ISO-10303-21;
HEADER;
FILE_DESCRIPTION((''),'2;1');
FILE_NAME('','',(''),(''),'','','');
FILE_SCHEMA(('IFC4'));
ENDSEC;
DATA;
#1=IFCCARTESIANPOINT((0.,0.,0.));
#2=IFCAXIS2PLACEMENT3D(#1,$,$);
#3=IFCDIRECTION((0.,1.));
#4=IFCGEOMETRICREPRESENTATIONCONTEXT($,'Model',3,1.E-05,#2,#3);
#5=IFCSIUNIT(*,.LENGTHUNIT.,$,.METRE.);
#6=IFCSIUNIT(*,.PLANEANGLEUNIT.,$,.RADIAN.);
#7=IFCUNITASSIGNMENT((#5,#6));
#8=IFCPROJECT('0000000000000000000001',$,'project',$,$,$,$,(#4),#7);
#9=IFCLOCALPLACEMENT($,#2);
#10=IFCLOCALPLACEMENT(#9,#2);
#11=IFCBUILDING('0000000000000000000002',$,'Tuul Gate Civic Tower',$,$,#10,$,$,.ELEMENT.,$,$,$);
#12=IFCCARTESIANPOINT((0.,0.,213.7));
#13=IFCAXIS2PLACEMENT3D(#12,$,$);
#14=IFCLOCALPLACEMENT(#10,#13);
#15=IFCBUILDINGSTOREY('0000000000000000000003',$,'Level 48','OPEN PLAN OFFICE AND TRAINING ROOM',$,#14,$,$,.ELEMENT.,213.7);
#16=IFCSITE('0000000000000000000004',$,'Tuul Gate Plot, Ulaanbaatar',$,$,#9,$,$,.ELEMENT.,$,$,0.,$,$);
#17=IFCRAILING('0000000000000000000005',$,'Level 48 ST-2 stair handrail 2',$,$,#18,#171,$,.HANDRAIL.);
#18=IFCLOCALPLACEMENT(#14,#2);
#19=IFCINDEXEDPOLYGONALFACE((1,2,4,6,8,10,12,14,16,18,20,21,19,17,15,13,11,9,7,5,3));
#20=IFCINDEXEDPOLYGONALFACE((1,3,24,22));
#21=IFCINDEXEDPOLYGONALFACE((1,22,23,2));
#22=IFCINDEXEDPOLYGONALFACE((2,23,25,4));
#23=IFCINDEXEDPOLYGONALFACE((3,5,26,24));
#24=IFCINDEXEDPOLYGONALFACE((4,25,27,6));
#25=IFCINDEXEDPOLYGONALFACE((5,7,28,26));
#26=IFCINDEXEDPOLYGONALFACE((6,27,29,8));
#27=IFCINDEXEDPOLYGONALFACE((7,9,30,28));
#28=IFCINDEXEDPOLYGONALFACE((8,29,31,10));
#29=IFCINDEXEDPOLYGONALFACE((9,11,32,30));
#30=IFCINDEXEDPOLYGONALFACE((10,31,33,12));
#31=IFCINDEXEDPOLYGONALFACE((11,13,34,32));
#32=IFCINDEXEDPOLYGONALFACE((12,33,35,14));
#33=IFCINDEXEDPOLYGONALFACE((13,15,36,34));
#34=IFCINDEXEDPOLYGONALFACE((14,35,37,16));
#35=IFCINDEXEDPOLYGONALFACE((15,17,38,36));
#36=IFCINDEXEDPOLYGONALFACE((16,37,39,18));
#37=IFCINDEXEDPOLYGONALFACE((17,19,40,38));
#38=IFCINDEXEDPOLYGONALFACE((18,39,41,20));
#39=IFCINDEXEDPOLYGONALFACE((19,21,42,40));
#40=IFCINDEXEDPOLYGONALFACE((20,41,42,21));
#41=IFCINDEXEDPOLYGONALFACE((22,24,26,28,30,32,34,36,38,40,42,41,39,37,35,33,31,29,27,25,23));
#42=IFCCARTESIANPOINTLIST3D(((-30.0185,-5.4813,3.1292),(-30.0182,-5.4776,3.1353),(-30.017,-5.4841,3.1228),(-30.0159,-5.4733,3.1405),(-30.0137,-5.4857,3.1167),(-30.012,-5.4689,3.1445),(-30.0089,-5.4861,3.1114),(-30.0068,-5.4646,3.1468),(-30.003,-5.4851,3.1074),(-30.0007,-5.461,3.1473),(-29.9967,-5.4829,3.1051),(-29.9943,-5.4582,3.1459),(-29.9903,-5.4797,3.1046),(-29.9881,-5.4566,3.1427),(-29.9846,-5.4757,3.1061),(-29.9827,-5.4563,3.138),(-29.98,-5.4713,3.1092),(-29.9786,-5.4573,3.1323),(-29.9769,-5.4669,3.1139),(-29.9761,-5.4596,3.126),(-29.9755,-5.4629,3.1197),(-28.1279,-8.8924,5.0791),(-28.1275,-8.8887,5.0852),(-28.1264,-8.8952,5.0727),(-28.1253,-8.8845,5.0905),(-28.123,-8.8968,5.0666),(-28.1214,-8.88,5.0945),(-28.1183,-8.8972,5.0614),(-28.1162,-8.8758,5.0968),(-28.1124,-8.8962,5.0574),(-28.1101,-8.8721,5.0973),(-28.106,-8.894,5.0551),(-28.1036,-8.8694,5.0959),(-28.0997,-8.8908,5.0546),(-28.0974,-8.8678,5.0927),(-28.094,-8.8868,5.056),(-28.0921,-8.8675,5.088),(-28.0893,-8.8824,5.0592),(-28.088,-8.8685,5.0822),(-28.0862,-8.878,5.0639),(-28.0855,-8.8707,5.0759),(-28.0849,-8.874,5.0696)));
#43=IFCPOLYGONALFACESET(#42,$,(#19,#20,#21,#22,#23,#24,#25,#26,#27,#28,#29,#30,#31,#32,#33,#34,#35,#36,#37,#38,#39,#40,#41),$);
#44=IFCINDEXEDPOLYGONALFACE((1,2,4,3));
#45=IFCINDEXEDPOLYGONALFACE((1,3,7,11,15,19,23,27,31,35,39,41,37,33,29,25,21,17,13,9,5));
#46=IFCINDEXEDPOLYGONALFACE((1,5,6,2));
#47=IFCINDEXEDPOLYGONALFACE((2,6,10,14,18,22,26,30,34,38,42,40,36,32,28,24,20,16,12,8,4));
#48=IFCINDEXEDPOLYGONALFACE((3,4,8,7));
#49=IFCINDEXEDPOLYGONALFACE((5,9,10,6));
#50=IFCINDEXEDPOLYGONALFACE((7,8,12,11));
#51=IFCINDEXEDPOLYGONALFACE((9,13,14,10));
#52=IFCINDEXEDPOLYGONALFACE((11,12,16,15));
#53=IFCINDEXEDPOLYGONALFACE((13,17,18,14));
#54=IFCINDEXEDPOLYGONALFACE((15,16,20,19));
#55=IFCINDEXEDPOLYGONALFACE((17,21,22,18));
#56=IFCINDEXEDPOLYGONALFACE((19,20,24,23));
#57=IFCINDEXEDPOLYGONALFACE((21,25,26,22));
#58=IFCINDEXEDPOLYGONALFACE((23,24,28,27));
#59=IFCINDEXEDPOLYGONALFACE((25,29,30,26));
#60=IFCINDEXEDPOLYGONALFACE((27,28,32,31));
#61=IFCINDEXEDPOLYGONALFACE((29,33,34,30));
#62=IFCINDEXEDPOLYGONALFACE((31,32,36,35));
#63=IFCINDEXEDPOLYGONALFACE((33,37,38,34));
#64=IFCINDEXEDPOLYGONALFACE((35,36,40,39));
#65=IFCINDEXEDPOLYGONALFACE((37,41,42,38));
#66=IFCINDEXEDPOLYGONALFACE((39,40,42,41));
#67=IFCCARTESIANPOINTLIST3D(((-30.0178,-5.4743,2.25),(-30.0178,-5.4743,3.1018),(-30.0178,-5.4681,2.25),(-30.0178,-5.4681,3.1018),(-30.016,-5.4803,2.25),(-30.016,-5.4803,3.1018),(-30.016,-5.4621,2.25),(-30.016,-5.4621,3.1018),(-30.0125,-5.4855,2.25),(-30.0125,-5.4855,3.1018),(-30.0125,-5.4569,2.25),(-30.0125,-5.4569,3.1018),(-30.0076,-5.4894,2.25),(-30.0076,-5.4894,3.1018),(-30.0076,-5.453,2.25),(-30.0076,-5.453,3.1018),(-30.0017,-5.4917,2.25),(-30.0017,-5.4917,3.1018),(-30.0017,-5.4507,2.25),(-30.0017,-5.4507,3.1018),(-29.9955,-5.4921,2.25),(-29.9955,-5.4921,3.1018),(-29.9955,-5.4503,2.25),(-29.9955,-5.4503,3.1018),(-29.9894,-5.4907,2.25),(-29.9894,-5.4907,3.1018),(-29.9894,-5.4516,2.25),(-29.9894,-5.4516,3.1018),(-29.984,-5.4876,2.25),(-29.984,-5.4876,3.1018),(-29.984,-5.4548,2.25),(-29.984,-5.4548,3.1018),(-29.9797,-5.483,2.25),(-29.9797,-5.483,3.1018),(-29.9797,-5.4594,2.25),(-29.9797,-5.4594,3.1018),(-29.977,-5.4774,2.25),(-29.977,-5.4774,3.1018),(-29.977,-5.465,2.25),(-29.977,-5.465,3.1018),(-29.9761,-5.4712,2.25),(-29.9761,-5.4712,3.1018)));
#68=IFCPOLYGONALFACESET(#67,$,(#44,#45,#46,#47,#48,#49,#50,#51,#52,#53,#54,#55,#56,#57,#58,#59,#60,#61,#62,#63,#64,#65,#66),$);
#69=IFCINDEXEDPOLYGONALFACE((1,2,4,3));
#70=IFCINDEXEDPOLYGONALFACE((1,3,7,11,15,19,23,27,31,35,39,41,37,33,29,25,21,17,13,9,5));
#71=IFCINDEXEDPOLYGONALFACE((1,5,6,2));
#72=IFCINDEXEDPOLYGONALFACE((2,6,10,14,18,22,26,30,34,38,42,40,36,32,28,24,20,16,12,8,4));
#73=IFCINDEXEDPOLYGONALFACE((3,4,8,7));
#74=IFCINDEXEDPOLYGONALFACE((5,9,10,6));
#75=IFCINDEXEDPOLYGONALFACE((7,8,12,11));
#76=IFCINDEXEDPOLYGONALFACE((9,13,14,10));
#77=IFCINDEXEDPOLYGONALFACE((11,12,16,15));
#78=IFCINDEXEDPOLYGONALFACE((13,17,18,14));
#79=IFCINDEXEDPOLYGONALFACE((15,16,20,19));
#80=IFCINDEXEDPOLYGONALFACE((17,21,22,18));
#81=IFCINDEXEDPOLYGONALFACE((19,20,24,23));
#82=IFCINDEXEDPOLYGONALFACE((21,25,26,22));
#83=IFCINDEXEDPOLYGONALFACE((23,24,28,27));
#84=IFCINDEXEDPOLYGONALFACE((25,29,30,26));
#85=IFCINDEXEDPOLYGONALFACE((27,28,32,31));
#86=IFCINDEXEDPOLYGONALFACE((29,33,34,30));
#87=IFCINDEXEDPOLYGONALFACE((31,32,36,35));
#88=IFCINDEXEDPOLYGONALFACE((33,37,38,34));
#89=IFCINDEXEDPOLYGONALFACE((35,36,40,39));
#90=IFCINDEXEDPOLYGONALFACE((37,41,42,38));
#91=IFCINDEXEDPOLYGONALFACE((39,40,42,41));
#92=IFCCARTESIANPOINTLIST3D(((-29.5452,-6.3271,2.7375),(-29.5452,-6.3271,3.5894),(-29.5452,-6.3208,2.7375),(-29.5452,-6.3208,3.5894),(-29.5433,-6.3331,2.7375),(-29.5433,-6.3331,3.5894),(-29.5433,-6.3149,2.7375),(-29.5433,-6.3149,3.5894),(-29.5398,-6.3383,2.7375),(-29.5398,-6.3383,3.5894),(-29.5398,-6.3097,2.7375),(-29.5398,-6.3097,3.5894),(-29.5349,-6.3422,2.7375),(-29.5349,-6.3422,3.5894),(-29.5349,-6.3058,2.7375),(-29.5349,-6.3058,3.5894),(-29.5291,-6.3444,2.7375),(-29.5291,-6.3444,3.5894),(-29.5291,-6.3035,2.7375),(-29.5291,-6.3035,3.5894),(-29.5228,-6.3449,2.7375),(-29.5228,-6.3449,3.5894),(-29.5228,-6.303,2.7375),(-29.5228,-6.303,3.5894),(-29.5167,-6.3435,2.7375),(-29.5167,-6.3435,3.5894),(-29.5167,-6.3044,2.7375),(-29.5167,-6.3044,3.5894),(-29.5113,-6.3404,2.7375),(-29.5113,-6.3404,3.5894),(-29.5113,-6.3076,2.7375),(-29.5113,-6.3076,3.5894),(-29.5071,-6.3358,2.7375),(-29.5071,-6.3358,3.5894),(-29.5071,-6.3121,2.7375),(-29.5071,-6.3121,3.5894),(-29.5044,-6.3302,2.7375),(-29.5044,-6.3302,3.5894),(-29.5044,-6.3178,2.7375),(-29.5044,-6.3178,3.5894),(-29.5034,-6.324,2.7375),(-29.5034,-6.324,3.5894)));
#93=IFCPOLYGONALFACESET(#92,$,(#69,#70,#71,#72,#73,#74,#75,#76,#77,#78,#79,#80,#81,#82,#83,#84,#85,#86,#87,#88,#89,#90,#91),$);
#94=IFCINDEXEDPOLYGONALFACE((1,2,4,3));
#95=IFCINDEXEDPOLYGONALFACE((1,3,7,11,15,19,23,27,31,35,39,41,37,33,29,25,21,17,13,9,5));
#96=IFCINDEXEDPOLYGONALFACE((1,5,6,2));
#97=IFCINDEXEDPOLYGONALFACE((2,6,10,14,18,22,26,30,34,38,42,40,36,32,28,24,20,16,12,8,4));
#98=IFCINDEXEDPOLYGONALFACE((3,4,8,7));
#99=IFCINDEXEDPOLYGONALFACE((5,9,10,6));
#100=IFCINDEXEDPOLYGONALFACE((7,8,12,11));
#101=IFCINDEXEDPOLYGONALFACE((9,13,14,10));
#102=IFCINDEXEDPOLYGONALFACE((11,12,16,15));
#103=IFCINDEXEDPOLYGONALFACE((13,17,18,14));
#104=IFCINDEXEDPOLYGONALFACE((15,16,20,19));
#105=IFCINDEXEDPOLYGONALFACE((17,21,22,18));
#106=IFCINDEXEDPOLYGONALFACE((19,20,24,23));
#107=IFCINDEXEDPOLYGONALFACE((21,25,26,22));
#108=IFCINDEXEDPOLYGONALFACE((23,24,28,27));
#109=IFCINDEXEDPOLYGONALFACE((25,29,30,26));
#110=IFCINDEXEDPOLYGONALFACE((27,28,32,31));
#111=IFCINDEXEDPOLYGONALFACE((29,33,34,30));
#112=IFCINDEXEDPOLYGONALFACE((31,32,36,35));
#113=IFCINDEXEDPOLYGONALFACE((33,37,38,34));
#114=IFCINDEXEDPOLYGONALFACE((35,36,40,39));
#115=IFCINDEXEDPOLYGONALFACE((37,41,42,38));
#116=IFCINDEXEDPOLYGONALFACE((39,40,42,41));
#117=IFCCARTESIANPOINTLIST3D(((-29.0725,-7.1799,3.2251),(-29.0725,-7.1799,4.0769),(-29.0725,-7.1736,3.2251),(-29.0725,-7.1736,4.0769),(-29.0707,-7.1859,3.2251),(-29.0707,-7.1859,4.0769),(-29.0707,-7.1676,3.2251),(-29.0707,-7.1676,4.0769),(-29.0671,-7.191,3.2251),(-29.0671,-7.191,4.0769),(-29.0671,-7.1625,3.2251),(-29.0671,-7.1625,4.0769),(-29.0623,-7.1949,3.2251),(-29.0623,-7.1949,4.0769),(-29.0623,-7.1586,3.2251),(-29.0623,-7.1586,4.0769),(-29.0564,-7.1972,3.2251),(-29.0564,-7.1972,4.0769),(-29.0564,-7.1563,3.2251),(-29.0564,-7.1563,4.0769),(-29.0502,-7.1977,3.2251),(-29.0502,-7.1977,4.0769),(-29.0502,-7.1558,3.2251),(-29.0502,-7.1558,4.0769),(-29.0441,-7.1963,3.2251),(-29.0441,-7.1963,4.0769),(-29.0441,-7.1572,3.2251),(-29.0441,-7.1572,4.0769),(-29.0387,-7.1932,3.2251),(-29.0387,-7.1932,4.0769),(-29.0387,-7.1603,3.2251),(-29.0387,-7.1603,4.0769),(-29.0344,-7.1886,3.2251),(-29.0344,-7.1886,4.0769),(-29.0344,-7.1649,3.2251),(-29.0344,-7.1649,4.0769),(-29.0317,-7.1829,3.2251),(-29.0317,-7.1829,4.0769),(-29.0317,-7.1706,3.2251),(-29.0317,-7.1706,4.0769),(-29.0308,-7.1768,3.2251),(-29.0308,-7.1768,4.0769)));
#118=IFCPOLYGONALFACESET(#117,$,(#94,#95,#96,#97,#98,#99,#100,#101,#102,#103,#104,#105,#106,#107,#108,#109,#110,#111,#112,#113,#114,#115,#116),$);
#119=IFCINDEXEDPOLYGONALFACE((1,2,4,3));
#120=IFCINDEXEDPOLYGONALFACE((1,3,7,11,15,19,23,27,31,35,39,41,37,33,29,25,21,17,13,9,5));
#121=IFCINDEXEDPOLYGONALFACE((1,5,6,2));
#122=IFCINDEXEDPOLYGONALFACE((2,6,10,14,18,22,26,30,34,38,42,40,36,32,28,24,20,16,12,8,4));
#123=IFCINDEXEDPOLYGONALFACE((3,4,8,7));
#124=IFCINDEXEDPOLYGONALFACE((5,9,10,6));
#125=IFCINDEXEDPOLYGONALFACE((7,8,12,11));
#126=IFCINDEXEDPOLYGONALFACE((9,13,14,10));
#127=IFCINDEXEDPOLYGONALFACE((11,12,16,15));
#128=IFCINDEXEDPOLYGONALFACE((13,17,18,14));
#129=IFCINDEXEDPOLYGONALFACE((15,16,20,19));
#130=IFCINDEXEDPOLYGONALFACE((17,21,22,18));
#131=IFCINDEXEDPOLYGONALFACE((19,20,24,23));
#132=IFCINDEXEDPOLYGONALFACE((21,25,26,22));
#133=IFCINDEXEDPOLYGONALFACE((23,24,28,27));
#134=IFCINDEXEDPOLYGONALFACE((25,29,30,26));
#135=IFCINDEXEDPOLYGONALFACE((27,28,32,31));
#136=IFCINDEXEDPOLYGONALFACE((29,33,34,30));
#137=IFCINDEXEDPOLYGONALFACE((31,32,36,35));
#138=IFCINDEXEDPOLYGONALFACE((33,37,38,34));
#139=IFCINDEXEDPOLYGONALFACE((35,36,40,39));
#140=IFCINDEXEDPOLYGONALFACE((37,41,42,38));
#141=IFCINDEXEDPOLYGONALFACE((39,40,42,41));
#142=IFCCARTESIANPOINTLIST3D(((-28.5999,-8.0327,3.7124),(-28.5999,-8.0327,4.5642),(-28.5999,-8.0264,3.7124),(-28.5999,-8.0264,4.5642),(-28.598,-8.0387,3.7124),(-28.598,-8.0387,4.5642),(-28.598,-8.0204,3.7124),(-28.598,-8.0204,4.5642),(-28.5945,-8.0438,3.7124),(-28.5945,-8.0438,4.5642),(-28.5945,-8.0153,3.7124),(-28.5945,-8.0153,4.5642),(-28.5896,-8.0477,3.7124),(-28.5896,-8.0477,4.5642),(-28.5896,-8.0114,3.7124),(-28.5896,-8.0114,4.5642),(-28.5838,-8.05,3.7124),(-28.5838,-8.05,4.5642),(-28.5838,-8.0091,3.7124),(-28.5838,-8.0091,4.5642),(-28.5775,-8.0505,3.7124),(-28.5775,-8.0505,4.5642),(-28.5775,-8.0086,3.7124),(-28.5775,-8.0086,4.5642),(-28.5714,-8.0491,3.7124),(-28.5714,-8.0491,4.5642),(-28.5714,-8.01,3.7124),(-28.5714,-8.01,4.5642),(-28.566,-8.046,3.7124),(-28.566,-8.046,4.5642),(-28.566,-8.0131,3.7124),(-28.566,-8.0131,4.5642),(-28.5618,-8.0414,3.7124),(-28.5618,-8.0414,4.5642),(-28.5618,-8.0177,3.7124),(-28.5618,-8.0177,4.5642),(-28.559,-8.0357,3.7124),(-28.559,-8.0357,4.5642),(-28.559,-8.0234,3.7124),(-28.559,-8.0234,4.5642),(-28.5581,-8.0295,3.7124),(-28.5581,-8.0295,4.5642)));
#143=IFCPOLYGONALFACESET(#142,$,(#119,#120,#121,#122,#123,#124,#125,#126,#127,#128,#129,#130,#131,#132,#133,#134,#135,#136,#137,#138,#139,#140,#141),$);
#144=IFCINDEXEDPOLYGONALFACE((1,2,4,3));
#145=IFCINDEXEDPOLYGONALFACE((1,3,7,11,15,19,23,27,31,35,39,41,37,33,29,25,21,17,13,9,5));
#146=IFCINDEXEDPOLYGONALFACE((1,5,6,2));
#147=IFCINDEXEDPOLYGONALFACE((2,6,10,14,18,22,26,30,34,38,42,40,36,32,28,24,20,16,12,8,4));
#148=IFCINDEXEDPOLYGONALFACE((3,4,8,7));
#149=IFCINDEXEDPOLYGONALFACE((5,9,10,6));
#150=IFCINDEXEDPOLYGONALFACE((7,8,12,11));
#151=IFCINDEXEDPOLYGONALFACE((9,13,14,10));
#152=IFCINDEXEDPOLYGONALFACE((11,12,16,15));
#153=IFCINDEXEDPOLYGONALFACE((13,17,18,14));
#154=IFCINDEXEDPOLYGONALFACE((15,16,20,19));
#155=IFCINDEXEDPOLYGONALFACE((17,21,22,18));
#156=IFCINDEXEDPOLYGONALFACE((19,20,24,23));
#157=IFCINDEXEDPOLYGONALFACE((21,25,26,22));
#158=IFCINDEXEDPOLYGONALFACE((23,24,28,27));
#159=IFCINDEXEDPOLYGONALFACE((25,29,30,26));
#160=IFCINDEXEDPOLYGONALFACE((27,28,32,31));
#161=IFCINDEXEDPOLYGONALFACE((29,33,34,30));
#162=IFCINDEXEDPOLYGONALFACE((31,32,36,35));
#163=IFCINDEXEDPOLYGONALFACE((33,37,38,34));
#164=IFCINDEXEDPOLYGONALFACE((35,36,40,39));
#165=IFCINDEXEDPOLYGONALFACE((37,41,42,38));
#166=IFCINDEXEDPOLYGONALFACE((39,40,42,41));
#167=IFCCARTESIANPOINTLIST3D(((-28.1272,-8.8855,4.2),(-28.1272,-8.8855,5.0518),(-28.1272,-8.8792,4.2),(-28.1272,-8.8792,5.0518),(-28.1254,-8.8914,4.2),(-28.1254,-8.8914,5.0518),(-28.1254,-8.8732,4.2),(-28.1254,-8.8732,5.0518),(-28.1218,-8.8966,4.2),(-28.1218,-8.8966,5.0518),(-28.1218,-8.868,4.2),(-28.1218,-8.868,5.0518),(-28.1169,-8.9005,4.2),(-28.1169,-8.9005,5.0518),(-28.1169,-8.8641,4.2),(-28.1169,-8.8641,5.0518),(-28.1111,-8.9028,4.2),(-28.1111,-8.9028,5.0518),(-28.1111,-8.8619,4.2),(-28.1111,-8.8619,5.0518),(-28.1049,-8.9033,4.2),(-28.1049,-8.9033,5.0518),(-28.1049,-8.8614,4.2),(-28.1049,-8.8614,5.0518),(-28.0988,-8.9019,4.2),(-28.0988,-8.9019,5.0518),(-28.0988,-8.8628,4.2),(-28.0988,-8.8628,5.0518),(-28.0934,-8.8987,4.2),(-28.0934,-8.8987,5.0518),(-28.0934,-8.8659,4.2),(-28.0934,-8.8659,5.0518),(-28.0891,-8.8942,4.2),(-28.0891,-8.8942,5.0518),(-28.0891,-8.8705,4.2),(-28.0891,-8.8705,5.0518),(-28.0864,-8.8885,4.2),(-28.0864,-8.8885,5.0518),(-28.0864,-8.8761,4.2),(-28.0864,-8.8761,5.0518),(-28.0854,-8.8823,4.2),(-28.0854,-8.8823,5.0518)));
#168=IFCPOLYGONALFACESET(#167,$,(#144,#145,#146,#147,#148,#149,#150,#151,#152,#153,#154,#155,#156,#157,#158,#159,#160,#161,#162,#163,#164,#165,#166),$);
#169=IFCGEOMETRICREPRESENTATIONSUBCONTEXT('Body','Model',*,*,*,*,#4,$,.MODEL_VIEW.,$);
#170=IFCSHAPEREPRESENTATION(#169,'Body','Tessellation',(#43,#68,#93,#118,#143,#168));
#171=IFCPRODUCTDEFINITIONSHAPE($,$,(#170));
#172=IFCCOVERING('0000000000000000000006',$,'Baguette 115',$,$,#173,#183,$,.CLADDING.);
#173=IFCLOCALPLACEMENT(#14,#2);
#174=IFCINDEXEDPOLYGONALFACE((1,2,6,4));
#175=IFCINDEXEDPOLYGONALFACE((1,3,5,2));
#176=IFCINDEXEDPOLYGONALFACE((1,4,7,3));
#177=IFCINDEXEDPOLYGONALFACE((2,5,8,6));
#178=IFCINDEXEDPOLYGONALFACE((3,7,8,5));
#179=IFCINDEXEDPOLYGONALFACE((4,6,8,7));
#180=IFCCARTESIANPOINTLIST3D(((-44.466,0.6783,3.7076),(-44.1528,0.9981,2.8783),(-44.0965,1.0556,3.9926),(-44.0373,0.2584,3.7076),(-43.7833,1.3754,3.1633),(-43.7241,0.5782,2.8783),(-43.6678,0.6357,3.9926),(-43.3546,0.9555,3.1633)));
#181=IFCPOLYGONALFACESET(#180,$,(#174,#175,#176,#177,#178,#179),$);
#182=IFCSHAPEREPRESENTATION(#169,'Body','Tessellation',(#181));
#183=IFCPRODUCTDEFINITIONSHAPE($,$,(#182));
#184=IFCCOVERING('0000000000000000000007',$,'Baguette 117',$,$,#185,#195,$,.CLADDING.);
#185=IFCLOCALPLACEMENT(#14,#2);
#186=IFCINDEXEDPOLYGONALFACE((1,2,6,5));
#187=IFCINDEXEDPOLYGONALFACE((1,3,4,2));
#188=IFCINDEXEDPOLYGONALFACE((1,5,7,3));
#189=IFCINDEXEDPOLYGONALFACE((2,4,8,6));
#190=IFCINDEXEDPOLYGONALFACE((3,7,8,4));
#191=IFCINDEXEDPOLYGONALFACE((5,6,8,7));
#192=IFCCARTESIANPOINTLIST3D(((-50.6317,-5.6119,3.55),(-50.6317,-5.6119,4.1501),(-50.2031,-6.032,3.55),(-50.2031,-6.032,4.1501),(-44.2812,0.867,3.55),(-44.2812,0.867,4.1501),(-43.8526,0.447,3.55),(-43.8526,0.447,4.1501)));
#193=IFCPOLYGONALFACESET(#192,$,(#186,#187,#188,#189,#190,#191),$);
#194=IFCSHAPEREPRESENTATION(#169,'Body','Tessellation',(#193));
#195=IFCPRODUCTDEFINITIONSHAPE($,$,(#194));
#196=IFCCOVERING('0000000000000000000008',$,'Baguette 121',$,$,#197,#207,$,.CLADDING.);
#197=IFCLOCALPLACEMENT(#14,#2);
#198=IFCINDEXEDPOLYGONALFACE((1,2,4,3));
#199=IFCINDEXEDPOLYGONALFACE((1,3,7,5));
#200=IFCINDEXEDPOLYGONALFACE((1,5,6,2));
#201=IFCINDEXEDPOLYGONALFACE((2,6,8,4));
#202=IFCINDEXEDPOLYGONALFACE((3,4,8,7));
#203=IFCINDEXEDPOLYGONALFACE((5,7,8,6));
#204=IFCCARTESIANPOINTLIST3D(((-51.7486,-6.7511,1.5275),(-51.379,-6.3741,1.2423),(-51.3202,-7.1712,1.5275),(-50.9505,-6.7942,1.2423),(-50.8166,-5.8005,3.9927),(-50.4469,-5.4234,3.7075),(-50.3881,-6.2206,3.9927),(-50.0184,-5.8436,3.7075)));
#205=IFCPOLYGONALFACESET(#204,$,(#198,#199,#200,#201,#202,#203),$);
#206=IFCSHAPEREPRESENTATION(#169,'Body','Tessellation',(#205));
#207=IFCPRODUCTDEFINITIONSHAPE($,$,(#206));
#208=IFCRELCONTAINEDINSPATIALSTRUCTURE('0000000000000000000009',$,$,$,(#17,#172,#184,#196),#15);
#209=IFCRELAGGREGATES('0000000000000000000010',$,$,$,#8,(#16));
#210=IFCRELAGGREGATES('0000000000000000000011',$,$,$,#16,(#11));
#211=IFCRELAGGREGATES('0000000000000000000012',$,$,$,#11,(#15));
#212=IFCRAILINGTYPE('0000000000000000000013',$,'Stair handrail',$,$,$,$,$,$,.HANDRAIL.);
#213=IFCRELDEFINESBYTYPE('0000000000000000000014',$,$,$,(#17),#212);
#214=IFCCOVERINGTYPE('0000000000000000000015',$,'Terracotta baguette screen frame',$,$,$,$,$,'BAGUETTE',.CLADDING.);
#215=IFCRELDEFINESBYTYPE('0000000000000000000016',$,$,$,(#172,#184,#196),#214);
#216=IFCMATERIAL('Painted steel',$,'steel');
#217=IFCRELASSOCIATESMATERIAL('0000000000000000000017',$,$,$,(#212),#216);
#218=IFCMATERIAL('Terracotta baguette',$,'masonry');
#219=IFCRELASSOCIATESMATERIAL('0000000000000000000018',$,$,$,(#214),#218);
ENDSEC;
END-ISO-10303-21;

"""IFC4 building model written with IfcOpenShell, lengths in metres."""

from ifc_helpers import new_model, si_unit, direction, frame, origin, origin_2d, place, context, subcontext, project, spatial, rectangle, circle, extrude, material, material_profile, profile_set, type_object, element, save


model = new_model("IFC4")

# Units and contexts
model_context = context("Model", 3, precision=1e-05, world=origin(), true_north=direction((0.0, 1.0)))
body_context = subcontext(model_context, "Body", "Model", "MODEL_VIEW")
ifc_project = project(units=[si_unit("LENGTHUNIT", "METRE"), si_unit("PLANEANGLEUNIT", "RADIAN")], contexts=[model_context])

# Site, building, storey
site_placement = place(None, origin())
site = spatial("IfcSite", under=ifc_project, at=site_placement, Name="Tuul Gate Plot, Ulaanbaatar", CompositionType="ELEMENT", RefElevation=0.0)
building_placement = place(site_placement, origin())
building = spatial("IfcBuilding", under=site, at=building_placement, Name="Tuul Gate Civic Tower", CompositionType="ELEMENT")
storey_placement = place(building_placement, frame((0.0, 0.0, 213.7)))
storey = spatial("IfcBuildingStorey", under=building, at=storey_placement, Name="Level 48", Description="OPEN PLAN OFFICE AND TRAINING ROOM", CompositionType="ELEMENT", Elevation=213.7)

# Railing
ifc_material_1 = material(Name="Painted steel", Category="steel")
railing_type = type_object("IfcRailingType", Name="Stair handrail", PredefinedType="HANDRAIL", material=ifc_material_1)
railing_placement = place(storey_placement, frame((-29.9971, -5.4712, 2.25)))
element("IfcRailing", 1, at=railing_placement, inside=storey, type_object=railing_type, Name="Level 48 ST-2 stair handrail 2", PredefinedType="HANDRAIL", context=body_context, shape_type="SweptSolid", body=[
    extrude(circle(Radius=0.0239, at=origin_2d()), frame((0.0, 0.0, 0.876), z_axis=(0.433595, -0.782308, 0.447201), x_axis=(0.874641, 0.484771, 0.0)), (0.0, 0.0, 1.0), 4.3604),
    extrude(circle(Radius=0.021, at=origin_2d()), origin(), (0.0, 0.0, 1.0), 0.8518),
    extrude(circle(Radius=0.021, at=origin_2d()), frame((0.4727, -0.8528, 0.4875)), (0.0, 0.0, 1.0), 0.8518),
    extrude(circle(Radius=0.021, at=origin_2d()), frame((0.9453, -1.7056, 0.9751)), (0.0, 0.0, 1.0), 0.8518),
    extrude(circle(Radius=0.021, at=origin_2d()), frame((1.418, -2.5583, 1.4624)), (0.0, 0.0, 1.0), 0.8518),
    extrude(circle(Radius=0.021, at=origin_2d()), frame((1.8906, -3.4111, 1.95)), (0.0, 0.0, 1.0), 0.8518),
])

# Coverings
ifc_material_2 = material(Name="Terracotta baguette", Category="masonry")
ifc_material_profile_1 = material_profile(ifc_material_2, rectangle(XDim=0.6001, YDim=0.6001, at=origin_2d()), Name="Terracotta baguette screen frame")
ifc_profile_set_1 = profile_set([ifc_material_profile_1], Name="Terracotta baguette")
covering_type = type_object("IfcCoveringType", Name="Terracotta baguette screen frame", ElementType="BAGUETTE", PredefinedType="CLADDING", material=ifc_profile_set_1)
covering_1_placement = place(storey_placement, frame((-44.0669, 0.657, 3.8501), z_axis=(0.332359, 0.339353, -0.879987), x_axis=(-0.714431, 0.699706, 0.0)))
element("IfcCovering", 2, at=covering_1_placement, inside=storey, type_object=covering_type, Name="Baguette 115", PredefinedType="CLADDING", context=body_context, shape_type="SweptSolid", body=[
    extrude(rectangle(XDim=0.6001, YDim=0.6001, at=origin_2d()), origin(), (0.0, 0.0, 1.0), 0.9424),
])
covering_2_placement = place(storey_placement, frame((-44.0669, 0.657, 3.8501), z_axis=(-0.699994, -0.714149, 0.0), x_axis=(0.714149, -0.699994, 0.0)))
element("IfcCovering", 3, at=covering_2_placement, inside=storey, type_object=covering_type, Name="Baguette 117", PredefinedType="CLADDING", context=body_context, shape_type="SweptSolid", body=[
    extrude(rectangle(XDim=0.6001, YDim=0.6001, at=origin_2d()), origin(), (0.0, 0.0, 1.0), 9.0723),
])
covering_3_placement = place(storey_placement, frame((-50.4175, -5.822, 3.8501), z_axis=(-0.33268, -0.339302, -0.879885), x_axis=(0.71404, -0.700104, 0.0)))
element("IfcCovering", 4, at=covering_3_placement, inside=storey, type_object=covering_type, Name="Baguette 121", PredefinedType="CLADDING", context=body_context, shape_type="SweptSolid", body=[
    extrude(rectangle(XDim=0.6001, YDim=0.6001, at=origin_2d()), origin(), (0.0, 0.0, 1.0), 2.8018),
])

save(model, "model.ifc")
